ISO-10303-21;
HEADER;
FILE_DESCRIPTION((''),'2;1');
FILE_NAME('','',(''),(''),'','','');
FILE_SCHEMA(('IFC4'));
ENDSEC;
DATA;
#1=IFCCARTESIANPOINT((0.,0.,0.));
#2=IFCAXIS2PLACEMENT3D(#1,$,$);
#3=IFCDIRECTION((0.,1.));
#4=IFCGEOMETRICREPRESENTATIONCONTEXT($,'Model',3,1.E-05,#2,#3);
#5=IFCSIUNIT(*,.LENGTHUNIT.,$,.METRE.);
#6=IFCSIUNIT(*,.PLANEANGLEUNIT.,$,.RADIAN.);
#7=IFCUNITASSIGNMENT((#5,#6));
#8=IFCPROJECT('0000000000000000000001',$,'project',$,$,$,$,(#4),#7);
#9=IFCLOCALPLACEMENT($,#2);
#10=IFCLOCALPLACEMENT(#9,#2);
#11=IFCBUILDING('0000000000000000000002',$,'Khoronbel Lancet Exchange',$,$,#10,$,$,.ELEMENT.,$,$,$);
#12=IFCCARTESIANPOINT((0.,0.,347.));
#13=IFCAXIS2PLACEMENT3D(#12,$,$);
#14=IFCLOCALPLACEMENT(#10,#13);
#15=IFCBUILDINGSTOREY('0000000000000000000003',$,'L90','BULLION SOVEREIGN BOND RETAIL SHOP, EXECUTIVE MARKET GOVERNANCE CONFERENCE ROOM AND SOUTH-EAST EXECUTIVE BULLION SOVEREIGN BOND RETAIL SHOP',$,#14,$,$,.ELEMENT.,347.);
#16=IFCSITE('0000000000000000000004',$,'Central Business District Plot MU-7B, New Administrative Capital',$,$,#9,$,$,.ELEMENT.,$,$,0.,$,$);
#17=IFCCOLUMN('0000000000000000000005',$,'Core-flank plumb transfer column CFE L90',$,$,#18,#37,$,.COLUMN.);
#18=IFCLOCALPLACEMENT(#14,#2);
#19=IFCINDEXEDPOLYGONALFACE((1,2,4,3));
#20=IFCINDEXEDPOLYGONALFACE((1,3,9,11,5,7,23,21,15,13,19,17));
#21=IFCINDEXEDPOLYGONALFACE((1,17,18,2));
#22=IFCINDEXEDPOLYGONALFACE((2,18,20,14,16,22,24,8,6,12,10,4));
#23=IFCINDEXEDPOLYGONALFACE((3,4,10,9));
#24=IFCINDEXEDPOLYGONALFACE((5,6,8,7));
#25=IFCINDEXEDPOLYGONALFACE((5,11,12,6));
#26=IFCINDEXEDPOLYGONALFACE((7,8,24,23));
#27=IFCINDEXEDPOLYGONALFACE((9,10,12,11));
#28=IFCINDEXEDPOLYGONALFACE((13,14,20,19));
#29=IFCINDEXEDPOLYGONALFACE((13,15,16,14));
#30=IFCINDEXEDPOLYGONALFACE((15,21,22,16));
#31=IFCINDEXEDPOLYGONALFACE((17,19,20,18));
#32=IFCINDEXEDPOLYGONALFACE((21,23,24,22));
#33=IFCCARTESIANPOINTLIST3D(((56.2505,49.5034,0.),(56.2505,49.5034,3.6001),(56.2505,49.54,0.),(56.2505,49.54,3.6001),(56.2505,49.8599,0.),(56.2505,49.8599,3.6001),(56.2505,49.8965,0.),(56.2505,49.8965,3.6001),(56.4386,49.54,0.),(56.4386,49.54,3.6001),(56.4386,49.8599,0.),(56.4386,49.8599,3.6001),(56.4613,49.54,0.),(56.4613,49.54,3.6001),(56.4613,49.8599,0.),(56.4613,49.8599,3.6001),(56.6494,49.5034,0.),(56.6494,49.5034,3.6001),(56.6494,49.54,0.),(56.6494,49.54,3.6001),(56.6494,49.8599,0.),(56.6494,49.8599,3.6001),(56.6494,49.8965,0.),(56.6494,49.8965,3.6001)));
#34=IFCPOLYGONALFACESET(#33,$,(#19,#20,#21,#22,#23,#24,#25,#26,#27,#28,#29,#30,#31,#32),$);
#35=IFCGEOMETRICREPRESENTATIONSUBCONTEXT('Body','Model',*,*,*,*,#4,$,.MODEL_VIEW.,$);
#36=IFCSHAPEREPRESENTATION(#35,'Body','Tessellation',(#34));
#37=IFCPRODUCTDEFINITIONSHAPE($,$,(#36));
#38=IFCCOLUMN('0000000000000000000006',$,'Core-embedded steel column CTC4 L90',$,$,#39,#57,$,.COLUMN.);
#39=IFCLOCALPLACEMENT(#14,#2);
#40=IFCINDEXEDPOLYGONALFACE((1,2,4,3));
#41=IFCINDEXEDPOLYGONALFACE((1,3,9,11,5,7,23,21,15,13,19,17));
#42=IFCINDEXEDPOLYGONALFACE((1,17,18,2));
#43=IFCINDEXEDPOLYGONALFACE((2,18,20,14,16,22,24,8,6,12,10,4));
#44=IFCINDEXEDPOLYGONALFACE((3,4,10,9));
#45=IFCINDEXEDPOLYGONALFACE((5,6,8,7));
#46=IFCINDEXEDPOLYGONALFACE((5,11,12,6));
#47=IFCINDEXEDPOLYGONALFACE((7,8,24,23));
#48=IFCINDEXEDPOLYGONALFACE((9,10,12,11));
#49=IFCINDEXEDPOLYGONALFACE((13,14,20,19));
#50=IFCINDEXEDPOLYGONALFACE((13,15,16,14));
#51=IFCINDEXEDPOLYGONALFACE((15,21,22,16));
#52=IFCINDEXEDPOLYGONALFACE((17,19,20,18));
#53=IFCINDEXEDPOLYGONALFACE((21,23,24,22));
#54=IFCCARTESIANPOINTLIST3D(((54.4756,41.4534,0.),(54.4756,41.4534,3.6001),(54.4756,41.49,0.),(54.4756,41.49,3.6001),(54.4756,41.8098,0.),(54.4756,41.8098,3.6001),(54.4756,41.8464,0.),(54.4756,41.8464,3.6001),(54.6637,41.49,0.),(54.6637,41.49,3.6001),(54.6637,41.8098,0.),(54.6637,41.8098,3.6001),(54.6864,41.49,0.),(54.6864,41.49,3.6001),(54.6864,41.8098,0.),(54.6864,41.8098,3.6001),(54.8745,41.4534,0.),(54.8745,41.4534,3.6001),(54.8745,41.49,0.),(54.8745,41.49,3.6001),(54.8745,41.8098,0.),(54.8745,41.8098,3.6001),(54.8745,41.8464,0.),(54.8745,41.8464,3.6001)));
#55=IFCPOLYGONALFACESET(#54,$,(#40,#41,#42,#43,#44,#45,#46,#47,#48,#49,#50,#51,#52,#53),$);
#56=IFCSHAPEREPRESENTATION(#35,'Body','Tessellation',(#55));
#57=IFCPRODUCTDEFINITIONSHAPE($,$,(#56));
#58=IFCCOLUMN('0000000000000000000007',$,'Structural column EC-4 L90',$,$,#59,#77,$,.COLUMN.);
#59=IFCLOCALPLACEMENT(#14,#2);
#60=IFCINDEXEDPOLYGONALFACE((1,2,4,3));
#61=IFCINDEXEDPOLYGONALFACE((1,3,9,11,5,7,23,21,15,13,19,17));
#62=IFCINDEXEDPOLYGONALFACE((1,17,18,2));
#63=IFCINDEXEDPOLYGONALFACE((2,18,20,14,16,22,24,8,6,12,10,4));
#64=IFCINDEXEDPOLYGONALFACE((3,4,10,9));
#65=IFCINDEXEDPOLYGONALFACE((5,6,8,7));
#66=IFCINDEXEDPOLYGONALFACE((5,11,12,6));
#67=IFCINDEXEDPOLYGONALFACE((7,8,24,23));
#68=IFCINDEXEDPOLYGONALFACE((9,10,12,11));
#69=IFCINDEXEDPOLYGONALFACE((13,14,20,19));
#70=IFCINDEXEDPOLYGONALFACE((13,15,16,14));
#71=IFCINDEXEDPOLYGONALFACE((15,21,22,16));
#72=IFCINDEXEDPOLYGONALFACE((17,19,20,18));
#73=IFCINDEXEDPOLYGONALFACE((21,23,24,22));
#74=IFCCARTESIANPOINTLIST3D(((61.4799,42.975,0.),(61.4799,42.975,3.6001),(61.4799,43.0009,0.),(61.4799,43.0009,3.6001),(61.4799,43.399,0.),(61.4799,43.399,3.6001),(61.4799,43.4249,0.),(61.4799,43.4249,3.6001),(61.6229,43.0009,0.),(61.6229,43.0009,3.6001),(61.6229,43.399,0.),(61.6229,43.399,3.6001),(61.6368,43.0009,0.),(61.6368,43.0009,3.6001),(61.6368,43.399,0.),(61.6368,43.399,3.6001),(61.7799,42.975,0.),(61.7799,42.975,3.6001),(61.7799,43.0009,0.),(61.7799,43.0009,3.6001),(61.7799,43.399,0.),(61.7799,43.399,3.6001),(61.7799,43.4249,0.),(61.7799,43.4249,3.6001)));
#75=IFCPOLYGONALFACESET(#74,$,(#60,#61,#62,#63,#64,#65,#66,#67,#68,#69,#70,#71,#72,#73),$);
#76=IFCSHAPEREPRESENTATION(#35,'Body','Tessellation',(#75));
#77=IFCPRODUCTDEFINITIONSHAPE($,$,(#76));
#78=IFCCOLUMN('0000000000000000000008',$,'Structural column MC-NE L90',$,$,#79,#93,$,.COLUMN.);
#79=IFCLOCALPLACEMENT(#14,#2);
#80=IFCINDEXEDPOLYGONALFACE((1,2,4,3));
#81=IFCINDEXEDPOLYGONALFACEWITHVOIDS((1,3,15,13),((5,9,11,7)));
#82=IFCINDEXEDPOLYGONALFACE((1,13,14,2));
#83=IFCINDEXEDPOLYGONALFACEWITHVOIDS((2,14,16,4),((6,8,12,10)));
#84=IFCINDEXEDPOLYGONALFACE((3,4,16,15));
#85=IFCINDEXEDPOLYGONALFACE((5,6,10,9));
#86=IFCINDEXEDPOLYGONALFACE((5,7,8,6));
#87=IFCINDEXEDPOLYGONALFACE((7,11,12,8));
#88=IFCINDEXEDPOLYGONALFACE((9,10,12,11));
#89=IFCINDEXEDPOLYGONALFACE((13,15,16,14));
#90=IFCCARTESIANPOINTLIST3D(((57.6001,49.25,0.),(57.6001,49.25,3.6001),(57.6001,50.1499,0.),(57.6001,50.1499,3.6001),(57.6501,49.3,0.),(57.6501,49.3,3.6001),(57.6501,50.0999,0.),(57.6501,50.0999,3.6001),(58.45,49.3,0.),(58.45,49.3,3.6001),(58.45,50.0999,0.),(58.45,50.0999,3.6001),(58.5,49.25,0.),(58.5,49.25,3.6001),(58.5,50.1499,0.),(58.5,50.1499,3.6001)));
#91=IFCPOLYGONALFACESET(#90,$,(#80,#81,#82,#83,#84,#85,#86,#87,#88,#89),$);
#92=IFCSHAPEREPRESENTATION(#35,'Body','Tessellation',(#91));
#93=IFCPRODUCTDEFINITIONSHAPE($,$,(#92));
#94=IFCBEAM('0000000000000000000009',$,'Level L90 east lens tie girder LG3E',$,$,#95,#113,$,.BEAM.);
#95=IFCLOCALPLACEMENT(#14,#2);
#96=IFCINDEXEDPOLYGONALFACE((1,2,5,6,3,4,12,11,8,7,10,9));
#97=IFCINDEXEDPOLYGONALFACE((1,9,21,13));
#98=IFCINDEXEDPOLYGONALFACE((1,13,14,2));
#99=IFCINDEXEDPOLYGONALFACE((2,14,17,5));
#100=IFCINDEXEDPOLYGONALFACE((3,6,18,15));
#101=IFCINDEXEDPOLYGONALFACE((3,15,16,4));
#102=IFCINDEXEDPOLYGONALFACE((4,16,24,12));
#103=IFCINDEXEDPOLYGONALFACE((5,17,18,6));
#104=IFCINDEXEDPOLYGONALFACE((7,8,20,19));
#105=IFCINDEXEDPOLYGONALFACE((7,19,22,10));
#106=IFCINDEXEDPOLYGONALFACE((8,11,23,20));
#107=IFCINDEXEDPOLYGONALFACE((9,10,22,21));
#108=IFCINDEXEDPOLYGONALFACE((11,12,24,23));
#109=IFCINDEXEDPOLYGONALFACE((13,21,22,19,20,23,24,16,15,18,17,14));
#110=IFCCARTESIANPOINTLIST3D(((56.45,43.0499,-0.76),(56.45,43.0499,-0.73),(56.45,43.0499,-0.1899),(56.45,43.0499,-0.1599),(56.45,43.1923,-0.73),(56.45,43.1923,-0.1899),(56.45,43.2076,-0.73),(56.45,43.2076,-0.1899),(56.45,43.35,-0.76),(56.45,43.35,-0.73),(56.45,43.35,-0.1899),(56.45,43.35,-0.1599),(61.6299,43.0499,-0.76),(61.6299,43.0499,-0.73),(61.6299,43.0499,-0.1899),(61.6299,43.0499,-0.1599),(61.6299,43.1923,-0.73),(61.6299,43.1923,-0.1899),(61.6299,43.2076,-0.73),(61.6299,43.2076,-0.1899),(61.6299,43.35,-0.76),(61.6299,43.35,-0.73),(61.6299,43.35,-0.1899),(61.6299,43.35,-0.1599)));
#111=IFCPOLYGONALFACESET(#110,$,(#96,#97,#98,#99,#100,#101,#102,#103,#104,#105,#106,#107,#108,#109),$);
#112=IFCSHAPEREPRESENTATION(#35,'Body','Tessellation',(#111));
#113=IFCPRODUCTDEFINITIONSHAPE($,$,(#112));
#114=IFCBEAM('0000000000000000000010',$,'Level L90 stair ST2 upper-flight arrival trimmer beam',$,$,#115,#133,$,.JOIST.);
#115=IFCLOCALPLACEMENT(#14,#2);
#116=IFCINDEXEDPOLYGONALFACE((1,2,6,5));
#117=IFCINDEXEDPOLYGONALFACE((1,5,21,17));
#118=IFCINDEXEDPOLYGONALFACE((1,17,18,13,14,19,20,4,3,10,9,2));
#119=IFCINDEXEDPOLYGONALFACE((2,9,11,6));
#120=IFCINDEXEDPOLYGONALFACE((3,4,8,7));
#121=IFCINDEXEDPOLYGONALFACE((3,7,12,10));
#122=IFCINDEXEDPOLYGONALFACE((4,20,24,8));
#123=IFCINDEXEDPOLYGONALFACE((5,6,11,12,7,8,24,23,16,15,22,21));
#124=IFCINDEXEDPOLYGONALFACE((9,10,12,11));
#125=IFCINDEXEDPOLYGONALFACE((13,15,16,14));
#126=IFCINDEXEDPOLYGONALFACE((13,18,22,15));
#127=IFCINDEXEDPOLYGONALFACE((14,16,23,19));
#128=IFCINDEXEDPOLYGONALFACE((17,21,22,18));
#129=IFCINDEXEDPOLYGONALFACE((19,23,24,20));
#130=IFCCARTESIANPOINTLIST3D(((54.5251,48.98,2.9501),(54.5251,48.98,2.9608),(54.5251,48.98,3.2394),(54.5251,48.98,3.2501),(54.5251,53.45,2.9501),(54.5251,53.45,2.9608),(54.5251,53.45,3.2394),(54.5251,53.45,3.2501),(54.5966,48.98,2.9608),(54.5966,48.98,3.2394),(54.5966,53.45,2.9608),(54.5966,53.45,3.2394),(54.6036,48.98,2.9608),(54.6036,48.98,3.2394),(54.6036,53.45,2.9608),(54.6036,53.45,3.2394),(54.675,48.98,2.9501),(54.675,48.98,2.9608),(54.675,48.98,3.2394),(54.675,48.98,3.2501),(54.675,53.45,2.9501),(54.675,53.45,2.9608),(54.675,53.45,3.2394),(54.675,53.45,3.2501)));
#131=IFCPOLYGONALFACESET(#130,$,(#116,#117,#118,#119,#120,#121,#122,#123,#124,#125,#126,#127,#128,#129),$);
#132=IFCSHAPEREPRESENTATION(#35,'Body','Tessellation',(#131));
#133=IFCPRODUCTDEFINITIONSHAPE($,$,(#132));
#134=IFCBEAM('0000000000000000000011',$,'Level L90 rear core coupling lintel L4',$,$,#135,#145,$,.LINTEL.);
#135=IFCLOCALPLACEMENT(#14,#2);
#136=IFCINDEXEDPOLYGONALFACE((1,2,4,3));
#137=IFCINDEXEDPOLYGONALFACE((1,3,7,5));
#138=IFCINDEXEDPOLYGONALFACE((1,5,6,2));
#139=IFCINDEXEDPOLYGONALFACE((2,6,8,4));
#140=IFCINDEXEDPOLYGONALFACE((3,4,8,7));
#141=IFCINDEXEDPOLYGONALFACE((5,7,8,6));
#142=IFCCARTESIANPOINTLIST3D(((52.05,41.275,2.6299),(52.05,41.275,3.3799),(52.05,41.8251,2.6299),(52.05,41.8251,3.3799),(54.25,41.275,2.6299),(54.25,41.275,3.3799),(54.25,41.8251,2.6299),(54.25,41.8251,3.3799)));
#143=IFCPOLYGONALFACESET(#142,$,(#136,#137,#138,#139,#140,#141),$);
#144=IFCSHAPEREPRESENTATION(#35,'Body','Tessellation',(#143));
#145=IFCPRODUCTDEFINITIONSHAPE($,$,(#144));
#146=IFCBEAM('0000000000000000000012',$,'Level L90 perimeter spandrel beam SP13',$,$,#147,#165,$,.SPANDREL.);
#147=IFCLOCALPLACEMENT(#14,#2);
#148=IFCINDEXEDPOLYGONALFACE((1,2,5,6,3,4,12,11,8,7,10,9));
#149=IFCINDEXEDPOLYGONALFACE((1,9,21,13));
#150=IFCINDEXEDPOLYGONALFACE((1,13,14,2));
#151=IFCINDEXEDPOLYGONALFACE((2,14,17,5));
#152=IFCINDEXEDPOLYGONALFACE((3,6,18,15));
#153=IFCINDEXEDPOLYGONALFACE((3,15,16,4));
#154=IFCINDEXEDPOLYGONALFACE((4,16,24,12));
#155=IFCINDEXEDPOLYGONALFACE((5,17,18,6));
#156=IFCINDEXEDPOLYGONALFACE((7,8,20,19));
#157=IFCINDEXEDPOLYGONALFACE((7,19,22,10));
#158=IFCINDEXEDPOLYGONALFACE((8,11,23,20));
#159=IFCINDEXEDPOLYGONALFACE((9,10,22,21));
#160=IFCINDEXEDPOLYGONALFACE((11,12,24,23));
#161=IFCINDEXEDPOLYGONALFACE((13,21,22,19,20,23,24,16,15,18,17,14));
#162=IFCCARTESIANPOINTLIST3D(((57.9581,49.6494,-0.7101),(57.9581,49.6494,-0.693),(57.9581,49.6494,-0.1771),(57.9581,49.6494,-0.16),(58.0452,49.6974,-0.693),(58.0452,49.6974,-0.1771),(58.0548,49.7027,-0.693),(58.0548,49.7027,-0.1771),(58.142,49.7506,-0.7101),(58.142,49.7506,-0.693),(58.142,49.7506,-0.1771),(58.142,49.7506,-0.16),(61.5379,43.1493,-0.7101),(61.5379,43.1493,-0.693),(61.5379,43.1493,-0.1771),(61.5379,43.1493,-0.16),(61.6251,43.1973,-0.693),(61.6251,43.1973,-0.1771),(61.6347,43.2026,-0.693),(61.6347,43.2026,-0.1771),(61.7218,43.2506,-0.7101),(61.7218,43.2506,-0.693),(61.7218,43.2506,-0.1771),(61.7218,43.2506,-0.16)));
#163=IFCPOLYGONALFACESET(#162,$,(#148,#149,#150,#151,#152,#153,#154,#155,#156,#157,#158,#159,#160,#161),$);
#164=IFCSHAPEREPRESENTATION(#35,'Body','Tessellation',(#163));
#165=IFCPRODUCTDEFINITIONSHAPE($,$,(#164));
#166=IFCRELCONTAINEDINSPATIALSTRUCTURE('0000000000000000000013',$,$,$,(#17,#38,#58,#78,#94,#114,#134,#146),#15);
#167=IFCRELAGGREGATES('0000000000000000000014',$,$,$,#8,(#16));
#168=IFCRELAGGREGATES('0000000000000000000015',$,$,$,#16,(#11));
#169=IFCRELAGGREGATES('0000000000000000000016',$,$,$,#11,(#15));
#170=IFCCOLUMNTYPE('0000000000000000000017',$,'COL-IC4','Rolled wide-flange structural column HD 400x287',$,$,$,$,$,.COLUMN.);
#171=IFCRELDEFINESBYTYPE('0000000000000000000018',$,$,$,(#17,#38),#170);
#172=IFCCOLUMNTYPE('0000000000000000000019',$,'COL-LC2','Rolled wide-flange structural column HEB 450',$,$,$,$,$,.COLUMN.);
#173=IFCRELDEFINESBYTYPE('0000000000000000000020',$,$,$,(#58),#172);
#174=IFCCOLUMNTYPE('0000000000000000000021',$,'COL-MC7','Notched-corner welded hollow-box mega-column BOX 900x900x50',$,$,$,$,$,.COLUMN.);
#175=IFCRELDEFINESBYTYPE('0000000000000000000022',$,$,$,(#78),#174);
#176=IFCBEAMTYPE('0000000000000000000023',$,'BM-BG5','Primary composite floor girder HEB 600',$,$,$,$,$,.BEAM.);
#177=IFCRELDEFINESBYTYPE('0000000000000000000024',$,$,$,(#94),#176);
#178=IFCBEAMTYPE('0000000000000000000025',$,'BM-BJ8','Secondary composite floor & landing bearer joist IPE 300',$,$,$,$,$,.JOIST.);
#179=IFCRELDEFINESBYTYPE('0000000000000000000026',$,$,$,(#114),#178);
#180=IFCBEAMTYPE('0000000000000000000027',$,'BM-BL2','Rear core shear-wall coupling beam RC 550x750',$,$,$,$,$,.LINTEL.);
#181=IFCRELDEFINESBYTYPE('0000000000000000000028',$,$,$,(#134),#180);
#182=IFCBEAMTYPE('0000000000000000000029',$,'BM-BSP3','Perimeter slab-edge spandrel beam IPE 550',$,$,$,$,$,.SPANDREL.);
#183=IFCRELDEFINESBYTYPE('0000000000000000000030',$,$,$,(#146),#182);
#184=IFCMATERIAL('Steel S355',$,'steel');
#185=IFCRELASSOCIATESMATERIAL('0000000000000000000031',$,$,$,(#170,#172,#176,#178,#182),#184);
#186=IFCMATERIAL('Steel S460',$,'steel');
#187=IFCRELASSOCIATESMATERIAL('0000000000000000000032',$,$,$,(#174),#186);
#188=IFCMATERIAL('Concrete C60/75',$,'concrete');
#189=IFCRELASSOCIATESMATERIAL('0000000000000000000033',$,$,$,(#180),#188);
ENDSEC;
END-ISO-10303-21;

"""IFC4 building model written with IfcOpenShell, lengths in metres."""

from ifc_helpers import new_model, si_unit, direction, frame, origin, origin_2d, place, context, subcontext, project, spatial, rectangle, hollow_rectangle, i_section, extrude, material, material_profile, profile_set, type_object, element, save


model = new_model("IFC4")

# Units and contexts
model_context = context("Model", 3, precision=1e-05, world=origin(), true_north=direction((0.0, 1.0)))
body_context = subcontext(model_context, "Body", "Model", "MODEL_VIEW")
ifc_project = project(units=[si_unit("LENGTHUNIT", "METRE"), si_unit("PLANEANGLEUNIT", "RADIAN")], contexts=[model_context])

# Site, building, storey
site_placement = place(None, origin())
site = spatial("IfcSite", under=ifc_project, at=site_placement, Name="Central Business District Plot MU-7B, New Administrative Capital", CompositionType="ELEMENT", RefElevation=0.0)
building_placement = place(site_placement, origin())
building = spatial("IfcBuilding", under=site, at=building_placement, Name="Khoronbel Lancet Exchange", CompositionType="ELEMENT")
storey_placement = place(building_placement, frame((0.0, 0.0, 347.0)))
storey = spatial("IfcBuildingStorey", under=building, at=storey_placement, Name="L90", Description="BULLION SOVEREIGN BOND RETAIL SHOP, EXECUTIVE MARKET GOVERNANCE CONFERENCE ROOM AND SOUTH-EAST EXECUTIVE BULLION SOVEREIGN BOND RETAIL SHOP", CompositionType="ELEMENT", Elevation=347.0)

# Columns
ifc_material_1 = material(Name="Steel S355", Category="steel")
ifc_material_profile_1 = material_profile(ifc_material_1, i_section(OverallWidth=0.3989, OverallDepth=0.3931, WebThickness=0.0227, FlangeThickness=0.0366, at=origin_2d()), Name="HD 400x287")
ifc_profile_set_1 = profile_set([ifc_material_profile_1], Name="Steel S355")
column_type_1 = type_object("IfcColumnType", Name="COL-IC4", Description="Rolled wide-flange structural column HD 400x287", PredefinedType="COLUMN", material=ifc_profile_set_1)
for number, where, z_axis, x_axis, name in (
    (1, (56.45, 49.7, 0.0), (0.0, 0.0, 1.0), (1.0, 0.0, 0.0), "Core-flank plumb transfer column CFE L90"),
    (2, (54.675, 41.6499, 0.0), (0.0, 0.0, 1.0), (1.0, 0.0, 0.0), "Core-embedded steel column CTC4 L90"),
):
    element("IfcColumn", number, at=place(storey_placement, frame(where, z_axis=z_axis, x_axis=x_axis)), inside=storey, type_object=column_type_1, Name=name, PredefinedType="COLUMN", context=body_context, shape_type="SweptSolid", body=[
        extrude(i_section(OverallWidth=0.3989, OverallDepth=0.3931, WebThickness=0.0227, FlangeThickness=0.0366, at=origin_2d()), origin(), (0.0, 0.0, 1.0), 3.6001),
    ])
ifc_material_profile_2 = material_profile(ifc_material_1, i_section(OverallWidth=0.3, OverallDepth=0.45, WebThickness=0.0139, FlangeThickness=0.0259, at=origin_2d()), Name="HEB 450")
ifc_profile_set_2 = profile_set([ifc_material_profile_2], Name="Steel S355")
column_type_2 = type_object("IfcColumnType", Name="COL-LC2", Description="Rolled wide-flange structural column HEB 450", PredefinedType="COLUMN", material=ifc_profile_set_2)
column_1_placement = place(storey_placement, frame((61.6299, 43.2, 0.0), z_axis=(0.0, 0.0, 1.0), x_axis=(1.0, 0.0, 0.0)))
element("IfcColumn", 3, at=column_1_placement, inside=storey, type_object=column_type_2, Name="Structural column EC-4 L90", PredefinedType="COLUMN", context=body_context, shape_type="SweptSolid", body=[
    extrude(i_section(OverallWidth=0.3, OverallDepth=0.45, WebThickness=0.0139, FlangeThickness=0.0259, at=origin_2d()), origin(), (0.0, 0.0, 1.0), 3.6001),
])
ifc_material_2 = material(Name="Steel S460", Category="steel")
ifc_material_profile_3 = material_profile(ifc_material_2, hollow_rectangle(XDim=0.8999, YDim=0.8999, WallThickness=0.05, at=origin_2d()), Name="BOX 900x900x50")
ifc_profile_set_3 = profile_set([ifc_material_profile_3], Name="Steel S460")
column_type_3 = type_object("IfcColumnType", Name="COL-MC7", Description="Notched-corner welded hollow-box mega-column BOX 900x900x50", PredefinedType="COLUMN", material=ifc_profile_set_3)
column_2_placement = place(storey_placement, frame((58.05, 49.7, 0.0), z_axis=(0.0, 0.0, 1.0), x_axis=(1.0, 0.0, 0.0)))
element("IfcColumn", 4, at=column_2_placement, inside=storey, type_object=column_type_3, Name="Structural column MC-NE L90", PredefinedType="COLUMN", context=body_context, shape_type="SweptSolid", body=[
    extrude(hollow_rectangle(XDim=0.8999, YDim=0.8999, WallThickness=0.05, at=origin_2d()), origin(), (0.0, 0.0, 1.0), 3.6001),
])

# Beams
ifc_material_profile_4 = material_profile(ifc_material_1, i_section(OverallWidth=0.3, OverallDepth=0.6001, WebThickness=0.0154, FlangeThickness=0.03, at=origin_2d()), Name="HEB 600")
ifc_profile_set_4 = profile_set([ifc_material_profile_4], Name="Steel S355")
beam_type_1 = type_object("IfcBeamType", Name="BM-BG5", Description="Primary composite floor girder HEB 600", PredefinedType="BEAM", material=ifc_profile_set_4)
beam_1_placement = place(storey_placement, frame((56.45, 43.2, -0.46), z_axis=(1.0, 0.0, 0.0), x_axis=(0.0, 1.0, 0.0)))
element("IfcBeam", 5, at=beam_1_placement, inside=storey, type_object=beam_type_1, Name="Level L90 east lens tie girder LG3E", PredefinedType="BEAM", context=body_context, shape_type="SweptSolid", body=[
    extrude(i_section(OverallWidth=0.3, OverallDepth=0.6001, WebThickness=0.0154, FlangeThickness=0.03, at=origin_2d()), origin(), (0.0, 0.0, 1.0), 5.1799),
])
ifc_material_profile_5 = material_profile(ifc_material_1, i_section(OverallWidth=0.1499, OverallDepth=0.3, WebThickness=0.0071, FlangeThickness=0.0107, at=origin_2d()), Name="IPE 300")
ifc_profile_set_5 = profile_set([ifc_material_profile_5], Name="Steel S355")
beam_type_2 = type_object("IfcBeamType", Name="BM-BJ8", Description="Secondary composite floor & landing bearer joist IPE 300", PredefinedType="JOIST", material=ifc_profile_set_5)
beam_2_placement = place(storey_placement, frame((54.6001, 48.98, 3.1001), z_axis=(0.0, 1.0, 0.0), x_axis=(-1.0, 0.0, 0.0)))
element("IfcBeam", 6, at=beam_2_placement, inside=storey, type_object=beam_type_2, Name="Level L90 stair ST2 upper-flight arrival trimmer beam", PredefinedType="JOIST", context=body_context, shape_type="SweptSolid", body=[
    extrude(i_section(OverallWidth=0.1499, OverallDepth=0.3, WebThickness=0.0071, FlangeThickness=0.0107, at=origin_2d()), origin(), (0.0, 0.0, 1.0), 4.47),
])
ifc_material_3 = material(Name="Concrete C60/75", Category="concrete")
ifc_material_profile_6 = material_profile(ifc_material_3, rectangle(XDim=0.55, YDim=0.75, at=origin_2d()), Name="RC 550x750")
ifc_profile_set_6 = profile_set([ifc_material_profile_6], Name="Concrete C60/75")
beam_type_3 = type_object("IfcBeamType", Name="BM-BL2", Description="Rear core shear-wall coupling beam RC 550x750", PredefinedType="LINTEL", material=ifc_profile_set_6)
beam_3_placement = place(storey_placement, frame((52.05, 41.55, 3.0049), z_axis=(1.0, 0.0, 0.0), x_axis=(0.0, 1.0, 0.0)))
element("IfcBeam", 7, at=beam_3_placement, inside=storey, type_object=beam_type_3, Name="Level L90 rear core coupling lintel L4", PredefinedType="LINTEL", context=body_context, shape_type="SweptSolid", body=[
    extrude(rectangle(XDim=0.55, YDim=0.75, at=origin_2d()), origin(), (0.0, 0.0, 1.0), 2.2),
])
ifc_material_profile_7 = material_profile(ifc_material_1, i_section(OverallWidth=0.21, OverallDepth=0.55, WebThickness=0.011, FlangeThickness=0.0171, at=origin_2d()), Name="IPE 550")
ifc_profile_set_7 = profile_set([ifc_material_profile_7], Name="Steel S355")
beam_type_4 = type_object("IfcBeamType", Name="BM-BSP3", Description="Perimeter slab-edge spandrel beam IPE 550", PredefinedType="SPANDREL", material=ifc_profile_set_7)
beam_4_placement = place(storey_placement, frame((61.6299, 43.2, -0.4351), z_axis=(-0.482419, 0.875941, 0.0), x_axis=(-0.875941, -0.482419, 0.0)))
element("IfcBeam", 8, at=beam_4_placement, inside=storey, type_object=beam_type_4, Name="Level L90 perimeter spandrel beam SP13", PredefinedType="SPANDREL", context=body_context, shape_type="SweptSolid", body=[
    extrude(i_section(OverallWidth=0.21, OverallDepth=0.55, WebThickness=0.011, FlangeThickness=0.0171, at=origin_2d()), origin(), (0.0, 0.0, 1.0), 7.4207),
])

save(model, "model.ifc")
